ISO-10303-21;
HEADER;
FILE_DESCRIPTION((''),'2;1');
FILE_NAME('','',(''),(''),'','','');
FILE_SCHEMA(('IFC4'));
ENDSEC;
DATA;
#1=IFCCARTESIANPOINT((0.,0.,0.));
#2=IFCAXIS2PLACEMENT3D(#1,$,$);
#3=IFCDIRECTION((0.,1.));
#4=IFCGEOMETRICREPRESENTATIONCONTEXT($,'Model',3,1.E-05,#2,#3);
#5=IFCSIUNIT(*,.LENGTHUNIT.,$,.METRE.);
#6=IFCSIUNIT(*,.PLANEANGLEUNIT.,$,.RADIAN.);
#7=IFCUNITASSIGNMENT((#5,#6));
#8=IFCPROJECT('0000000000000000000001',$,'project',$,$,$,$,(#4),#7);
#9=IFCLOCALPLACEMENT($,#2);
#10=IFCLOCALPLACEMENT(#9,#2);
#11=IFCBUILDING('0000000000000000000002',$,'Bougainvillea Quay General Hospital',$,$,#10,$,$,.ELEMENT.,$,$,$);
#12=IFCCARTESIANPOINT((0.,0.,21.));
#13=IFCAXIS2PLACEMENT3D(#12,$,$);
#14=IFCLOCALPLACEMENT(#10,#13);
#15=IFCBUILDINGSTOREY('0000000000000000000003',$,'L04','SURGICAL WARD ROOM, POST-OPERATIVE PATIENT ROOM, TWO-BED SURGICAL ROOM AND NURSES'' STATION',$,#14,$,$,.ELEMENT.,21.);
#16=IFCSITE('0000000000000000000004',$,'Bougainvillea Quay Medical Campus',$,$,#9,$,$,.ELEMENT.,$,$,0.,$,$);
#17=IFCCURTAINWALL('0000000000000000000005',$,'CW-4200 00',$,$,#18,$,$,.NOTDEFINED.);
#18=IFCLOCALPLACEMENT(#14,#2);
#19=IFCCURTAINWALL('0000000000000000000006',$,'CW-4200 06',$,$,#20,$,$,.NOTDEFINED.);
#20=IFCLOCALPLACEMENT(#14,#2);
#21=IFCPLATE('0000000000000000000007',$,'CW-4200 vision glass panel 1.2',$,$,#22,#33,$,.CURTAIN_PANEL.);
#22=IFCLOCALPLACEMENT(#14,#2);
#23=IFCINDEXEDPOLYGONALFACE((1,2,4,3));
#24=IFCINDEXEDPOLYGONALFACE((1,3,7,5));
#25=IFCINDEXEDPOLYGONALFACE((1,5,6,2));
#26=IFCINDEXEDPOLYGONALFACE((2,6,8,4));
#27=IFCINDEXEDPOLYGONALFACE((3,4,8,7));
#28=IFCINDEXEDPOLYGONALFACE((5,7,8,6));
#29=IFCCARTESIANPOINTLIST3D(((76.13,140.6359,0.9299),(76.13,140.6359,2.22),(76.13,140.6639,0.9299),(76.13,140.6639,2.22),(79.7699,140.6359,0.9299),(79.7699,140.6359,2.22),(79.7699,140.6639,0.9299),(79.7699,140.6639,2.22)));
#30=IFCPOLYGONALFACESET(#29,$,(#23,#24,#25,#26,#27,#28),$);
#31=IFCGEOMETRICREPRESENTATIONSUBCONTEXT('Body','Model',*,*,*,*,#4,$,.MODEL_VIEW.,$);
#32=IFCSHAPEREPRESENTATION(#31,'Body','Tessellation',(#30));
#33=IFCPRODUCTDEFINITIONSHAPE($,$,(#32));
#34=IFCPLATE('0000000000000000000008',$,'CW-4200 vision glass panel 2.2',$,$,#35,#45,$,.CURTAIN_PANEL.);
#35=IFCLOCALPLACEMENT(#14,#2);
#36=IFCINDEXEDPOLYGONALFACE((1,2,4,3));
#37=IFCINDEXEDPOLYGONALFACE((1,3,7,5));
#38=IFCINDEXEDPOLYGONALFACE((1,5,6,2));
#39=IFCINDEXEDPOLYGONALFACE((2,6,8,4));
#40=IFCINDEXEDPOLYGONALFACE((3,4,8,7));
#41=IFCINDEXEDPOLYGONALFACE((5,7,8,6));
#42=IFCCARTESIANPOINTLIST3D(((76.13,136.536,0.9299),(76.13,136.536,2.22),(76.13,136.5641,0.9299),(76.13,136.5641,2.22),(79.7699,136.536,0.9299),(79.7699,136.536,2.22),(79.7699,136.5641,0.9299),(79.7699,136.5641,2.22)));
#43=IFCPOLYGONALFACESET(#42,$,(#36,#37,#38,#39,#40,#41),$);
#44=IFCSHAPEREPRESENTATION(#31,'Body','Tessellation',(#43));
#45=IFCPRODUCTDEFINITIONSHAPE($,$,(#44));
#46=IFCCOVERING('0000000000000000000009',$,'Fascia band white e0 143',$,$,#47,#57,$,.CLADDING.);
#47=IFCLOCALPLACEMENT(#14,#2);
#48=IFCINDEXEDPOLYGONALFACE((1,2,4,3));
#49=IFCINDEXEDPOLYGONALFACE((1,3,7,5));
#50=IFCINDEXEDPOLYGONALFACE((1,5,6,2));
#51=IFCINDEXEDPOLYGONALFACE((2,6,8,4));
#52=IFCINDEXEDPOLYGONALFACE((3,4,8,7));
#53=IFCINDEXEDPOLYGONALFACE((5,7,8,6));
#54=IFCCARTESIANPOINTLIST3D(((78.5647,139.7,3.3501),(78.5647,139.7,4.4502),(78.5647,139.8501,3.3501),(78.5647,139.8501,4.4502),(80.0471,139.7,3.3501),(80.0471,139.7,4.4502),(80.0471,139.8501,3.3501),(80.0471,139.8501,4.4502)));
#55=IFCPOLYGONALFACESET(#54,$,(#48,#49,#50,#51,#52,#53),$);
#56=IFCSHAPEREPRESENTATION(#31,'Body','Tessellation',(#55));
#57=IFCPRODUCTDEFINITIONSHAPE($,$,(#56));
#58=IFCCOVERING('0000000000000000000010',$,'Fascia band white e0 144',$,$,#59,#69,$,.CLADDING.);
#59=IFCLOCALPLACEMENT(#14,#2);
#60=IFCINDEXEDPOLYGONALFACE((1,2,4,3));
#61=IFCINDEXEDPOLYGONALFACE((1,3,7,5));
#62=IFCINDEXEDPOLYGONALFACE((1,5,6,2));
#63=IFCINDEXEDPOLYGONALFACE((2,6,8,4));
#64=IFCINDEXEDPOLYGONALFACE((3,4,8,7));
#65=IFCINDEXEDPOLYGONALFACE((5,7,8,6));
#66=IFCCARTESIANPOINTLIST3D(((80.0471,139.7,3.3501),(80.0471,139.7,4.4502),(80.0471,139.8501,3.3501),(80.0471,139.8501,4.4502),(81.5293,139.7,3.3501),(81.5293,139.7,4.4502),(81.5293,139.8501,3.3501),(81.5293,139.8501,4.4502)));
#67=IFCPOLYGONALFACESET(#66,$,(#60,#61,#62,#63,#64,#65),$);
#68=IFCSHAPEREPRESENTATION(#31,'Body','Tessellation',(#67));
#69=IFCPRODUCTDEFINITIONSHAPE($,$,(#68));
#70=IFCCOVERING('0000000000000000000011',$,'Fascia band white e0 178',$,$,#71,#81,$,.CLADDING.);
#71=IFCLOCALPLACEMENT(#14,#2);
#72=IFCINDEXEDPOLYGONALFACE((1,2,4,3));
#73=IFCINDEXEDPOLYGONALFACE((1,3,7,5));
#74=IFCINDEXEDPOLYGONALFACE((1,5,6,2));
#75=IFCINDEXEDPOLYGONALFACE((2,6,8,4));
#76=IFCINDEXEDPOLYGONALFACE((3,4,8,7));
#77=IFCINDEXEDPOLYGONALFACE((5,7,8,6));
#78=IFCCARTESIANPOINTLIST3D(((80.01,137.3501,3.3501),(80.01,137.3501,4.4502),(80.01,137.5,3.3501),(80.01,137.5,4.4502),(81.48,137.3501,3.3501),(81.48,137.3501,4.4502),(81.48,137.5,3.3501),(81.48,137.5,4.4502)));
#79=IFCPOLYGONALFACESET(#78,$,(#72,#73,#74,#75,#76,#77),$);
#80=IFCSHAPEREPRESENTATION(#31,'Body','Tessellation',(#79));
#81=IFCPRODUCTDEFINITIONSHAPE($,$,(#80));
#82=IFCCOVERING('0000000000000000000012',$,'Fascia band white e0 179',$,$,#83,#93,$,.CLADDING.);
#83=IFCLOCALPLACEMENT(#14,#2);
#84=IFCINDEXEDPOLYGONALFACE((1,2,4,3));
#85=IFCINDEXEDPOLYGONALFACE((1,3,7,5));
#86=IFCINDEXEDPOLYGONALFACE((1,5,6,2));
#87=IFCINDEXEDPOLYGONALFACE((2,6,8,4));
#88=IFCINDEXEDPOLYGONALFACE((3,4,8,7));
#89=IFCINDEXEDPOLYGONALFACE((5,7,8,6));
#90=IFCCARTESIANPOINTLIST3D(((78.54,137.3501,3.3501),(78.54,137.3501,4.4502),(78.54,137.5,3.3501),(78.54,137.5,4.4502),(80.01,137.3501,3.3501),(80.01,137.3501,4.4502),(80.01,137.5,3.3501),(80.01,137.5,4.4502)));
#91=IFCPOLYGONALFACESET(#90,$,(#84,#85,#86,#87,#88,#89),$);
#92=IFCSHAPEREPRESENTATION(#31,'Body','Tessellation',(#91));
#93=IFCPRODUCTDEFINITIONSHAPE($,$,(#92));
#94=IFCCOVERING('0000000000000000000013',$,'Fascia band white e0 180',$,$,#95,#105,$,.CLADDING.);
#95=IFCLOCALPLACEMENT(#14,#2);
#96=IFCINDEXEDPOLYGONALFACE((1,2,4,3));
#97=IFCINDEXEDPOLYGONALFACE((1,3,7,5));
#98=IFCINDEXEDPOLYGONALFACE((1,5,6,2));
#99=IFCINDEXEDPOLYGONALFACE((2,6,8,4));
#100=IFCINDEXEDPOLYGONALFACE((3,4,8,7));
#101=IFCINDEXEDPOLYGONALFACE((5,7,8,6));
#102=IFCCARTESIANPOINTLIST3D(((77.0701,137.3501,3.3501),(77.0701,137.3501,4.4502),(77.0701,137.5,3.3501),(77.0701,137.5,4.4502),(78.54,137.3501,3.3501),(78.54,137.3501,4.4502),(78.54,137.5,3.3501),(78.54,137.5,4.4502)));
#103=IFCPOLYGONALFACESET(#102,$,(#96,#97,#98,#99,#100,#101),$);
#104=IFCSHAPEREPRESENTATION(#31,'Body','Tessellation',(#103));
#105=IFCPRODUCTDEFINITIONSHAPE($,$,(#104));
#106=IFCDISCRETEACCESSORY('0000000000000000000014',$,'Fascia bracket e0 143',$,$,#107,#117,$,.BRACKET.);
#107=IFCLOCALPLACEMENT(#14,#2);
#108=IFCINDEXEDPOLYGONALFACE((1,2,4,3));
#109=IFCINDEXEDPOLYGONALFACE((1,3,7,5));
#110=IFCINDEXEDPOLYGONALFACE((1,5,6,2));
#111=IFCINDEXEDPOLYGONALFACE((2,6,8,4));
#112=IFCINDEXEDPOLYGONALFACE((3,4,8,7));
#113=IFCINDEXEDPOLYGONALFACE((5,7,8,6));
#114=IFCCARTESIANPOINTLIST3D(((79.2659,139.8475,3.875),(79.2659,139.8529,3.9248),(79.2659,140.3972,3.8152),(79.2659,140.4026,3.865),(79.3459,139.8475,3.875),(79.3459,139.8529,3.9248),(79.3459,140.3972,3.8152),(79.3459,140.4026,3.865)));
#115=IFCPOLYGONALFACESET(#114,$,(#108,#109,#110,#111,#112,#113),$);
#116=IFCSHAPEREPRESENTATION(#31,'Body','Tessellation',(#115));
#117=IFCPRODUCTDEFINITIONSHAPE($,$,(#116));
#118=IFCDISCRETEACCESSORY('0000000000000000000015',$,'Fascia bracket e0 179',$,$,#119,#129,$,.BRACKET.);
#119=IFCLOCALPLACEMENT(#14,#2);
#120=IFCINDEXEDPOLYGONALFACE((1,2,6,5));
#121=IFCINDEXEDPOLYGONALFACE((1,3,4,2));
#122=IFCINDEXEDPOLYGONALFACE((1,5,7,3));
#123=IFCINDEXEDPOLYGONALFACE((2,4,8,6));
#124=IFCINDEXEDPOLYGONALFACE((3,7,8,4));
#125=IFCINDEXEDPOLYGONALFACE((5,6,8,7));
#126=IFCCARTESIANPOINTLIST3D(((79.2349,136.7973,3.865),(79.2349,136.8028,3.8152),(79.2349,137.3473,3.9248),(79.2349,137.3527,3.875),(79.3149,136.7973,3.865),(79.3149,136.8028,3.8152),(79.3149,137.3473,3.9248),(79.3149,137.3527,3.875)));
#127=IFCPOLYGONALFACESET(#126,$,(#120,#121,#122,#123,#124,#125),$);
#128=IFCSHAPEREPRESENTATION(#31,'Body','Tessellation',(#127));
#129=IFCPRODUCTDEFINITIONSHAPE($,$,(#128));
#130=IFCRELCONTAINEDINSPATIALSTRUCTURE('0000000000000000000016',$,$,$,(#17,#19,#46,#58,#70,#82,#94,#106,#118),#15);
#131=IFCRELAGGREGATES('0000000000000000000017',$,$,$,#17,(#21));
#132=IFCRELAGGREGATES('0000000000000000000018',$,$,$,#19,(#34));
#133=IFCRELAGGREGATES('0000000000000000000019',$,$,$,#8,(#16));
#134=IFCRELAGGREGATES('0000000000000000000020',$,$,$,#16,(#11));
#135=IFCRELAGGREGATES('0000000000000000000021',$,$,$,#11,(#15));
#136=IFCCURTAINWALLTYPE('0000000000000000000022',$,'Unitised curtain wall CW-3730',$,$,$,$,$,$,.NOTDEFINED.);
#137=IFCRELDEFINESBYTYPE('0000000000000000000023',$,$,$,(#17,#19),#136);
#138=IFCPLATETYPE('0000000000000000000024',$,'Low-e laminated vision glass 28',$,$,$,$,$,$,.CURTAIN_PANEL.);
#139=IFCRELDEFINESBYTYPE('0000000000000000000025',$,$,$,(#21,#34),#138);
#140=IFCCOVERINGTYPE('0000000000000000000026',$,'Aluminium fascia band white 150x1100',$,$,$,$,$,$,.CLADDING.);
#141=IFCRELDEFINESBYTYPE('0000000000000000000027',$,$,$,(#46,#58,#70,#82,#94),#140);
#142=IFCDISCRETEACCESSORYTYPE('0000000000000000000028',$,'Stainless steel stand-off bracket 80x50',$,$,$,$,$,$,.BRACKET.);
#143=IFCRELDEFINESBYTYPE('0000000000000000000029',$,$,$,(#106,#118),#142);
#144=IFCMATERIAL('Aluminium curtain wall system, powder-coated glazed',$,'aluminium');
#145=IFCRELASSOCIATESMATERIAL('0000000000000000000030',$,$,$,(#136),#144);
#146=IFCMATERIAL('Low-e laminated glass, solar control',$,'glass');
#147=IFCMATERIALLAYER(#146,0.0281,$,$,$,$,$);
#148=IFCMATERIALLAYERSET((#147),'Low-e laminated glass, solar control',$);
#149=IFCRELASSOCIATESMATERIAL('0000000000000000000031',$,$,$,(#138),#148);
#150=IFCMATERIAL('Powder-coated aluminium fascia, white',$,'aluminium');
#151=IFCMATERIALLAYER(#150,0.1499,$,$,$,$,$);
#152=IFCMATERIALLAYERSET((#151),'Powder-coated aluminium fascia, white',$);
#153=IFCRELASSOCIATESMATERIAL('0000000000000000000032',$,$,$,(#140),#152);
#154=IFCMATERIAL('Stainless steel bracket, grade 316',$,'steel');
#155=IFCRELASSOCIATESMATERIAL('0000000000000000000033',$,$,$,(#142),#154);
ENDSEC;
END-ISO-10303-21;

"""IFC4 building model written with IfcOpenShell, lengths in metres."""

from ifc_helpers import new_model, si_unit, direction, frame, origin, origin_2d, place, context, subcontext, project, spatial, polyline, rectangle, outline, extrude, material, layer, layer_set, material_profile, profile_set, type_object, element, aggregate, save


model = new_model("IFC4")

# Units and contexts
model_context = context("Model", 3, precision=1e-05, world=origin(), true_north=direction((0.0, 1.0)))
body_context = subcontext(model_context, "Body", "Model", "MODEL_VIEW")
ifc_project = project(units=[si_unit("LENGTHUNIT", "METRE"), si_unit("PLANEANGLEUNIT", "RADIAN")], contexts=[model_context])

# Site, building, storey
site_placement = place(None, origin())
site = spatial("IfcSite", under=ifc_project, at=site_placement, Name="Bougainvillea Quay Medical Campus", CompositionType="ELEMENT", RefElevation=0.0)
building_placement = place(site_placement, origin())
building = spatial("IfcBuilding", under=site, at=building_placement, Name="Bougainvillea Quay General Hospital", CompositionType="ELEMENT")
storey_placement = place(building_placement, frame((0.0, 0.0, 21.0)))
storey = spatial("IfcBuildingStorey", under=building, at=storey_placement, Name="L04", Description="SURGICAL WARD ROOM, POST-OPERATIVE PATIENT ROOM, TWO-BED SURGICAL ROOM AND NURSES' STATION", CompositionType="ELEMENT", Elevation=21.0)

# Curtain walls
ifc_material_1 = material(Name="Aluminium curtain wall system, powder-coated glazed", Category="aluminium")
curtain_wall_type = type_object("IfcCurtainWallType", Name="Unitised curtain wall CW-3730", PredefinedType="NOTDEFINED", material=ifc_material_1)
curtain_wall_1_placement = place(storey_placement, origin())
curtain_wall_1 = element("IfcCurtainWall", 1, at=curtain_wall_1_placement, inside=storey, type_object=curtain_wall_type, Name="CW-4200 00", PredefinedType="NOTDEFINED")
curtain_wall_2_placement = place(storey_placement, origin())
curtain_wall_2 = element("IfcCurtainWall", 2, at=curtain_wall_2_placement, inside=storey, type_object=curtain_wall_type, Name="CW-4200 06", PredefinedType="NOTDEFINED")

# Plates
ifc_material_2 = material(Name="Low-e laminated glass, solar control", Category="glass")
ifc_layer_1 = layer(ifc_material_2, 0.0281)
ifc_layer_set_1 = layer_set([ifc_layer_1], Name="Low-e laminated glass, solar control")
plate_type_1 = type_object("IfcPlateType", Name="Low-e laminated vision glass 28", PredefinedType="CURTAIN_PANEL", material=ifc_layer_set_1)
plate_1_placement = place(storey_placement, frame((77.95, 140.6499, 0.9299), z_axis=(0.0, 0.0, 1.0), x_axis=(1.0, 0.0, 0.0)))
plate_1 = element("IfcPlate", 3, at=plate_1_placement, type_object=plate_type_1, Name="CW-4200 vision glass panel 1.2", PredefinedType="CURTAIN_PANEL", context=body_context, shape_type="SweptSolid", body=[
    extrude(rectangle(XDim=3.6399, YDim=0.0281, at=origin_2d()), origin(), (0.0, 0.0, 1.0), 1.29),
])
aggregate(curtain_wall_1, [plate_1])
plate_2_placement = place(storey_placement, frame((77.95, 136.55, 0.9299), z_axis=(0.0, 0.0, 1.0), x_axis=(-1.0, 0.0, 0.0)))
plate_2 = element("IfcPlate", 4, at=plate_2_placement, type_object=plate_type_1, Name="CW-4200 vision glass panel 2.2", PredefinedType="CURTAIN_PANEL", context=body_context, shape_type="SweptSolid", body=[
    extrude(rectangle(XDim=3.6399, YDim=0.0281, at=origin_2d()), origin(), (0.0, 0.0, 1.0), 1.29),
])
aggregate(curtain_wall_2, [plate_2])

# Coverings
ifc_material_3 = material(Name="Powder-coated aluminium fascia, white", Category="aluminium")
ifc_layer_2 = layer(ifc_material_3, 0.1499)
ifc_layer_set_2 = layer_set([ifc_layer_2], Name="Powder-coated aluminium fascia, white")
covering_type = type_object("IfcCoveringType", Name="Aluminium fascia band white 150x1100", PredefinedType="CLADDING", material=ifc_layer_set_2)
covering_1_placement = place(storey_placement, frame((78.5647, 139.8501, 3.3501), z_axis=(0.0, 0.0, 1.0), x_axis=(1.0, 0.0, 0.0)))
element("IfcCovering", 5, at=covering_1_placement, inside=storey, type_object=covering_type, Name="Fascia band white e0 143", PredefinedType="CLADDING", context=body_context, shape_type="SweptSolid", body=[
    extrude(outline(polyline([(0.0, 0.0), (1.4824, 0.0), (1.4824, -0.1501), (0.0, -0.1501), (0.0, 0.0)])), origin(), (0.0, 0.0, 1.0), 1.1001),
])
covering_2_placement = place(storey_placement, frame((80.0471, 139.8501, 3.3501), z_axis=(0.0, 0.0, 1.0), x_axis=(1.0, 0.0, 0.0)))
element("IfcCovering", 6, at=covering_2_placement, inside=storey, type_object=covering_type, Name="Fascia band white e0 144", PredefinedType="CLADDING", context=body_context, shape_type="SweptSolid", body=[
    extrude(outline(polyline([(0.0, 0.0), (1.4822, 0.0), (1.4822, -0.1501), (0.0, -0.1501), (0.0, 0.0)])), origin(), (0.0, 0.0, 1.0), 1.1001),
])
for number, where, z_axis, x_axis, name in (
    (7, (81.48, 137.3501, 3.3501), (0.0, 0.0, 1.0), (-1.0, 0.0, 0.0), "Fascia band white e0 178"),
    (8, (80.01, 137.3501, 3.3501), (0.0, 0.0, 1.0), (-1.0, 0.0, 0.0), "Fascia band white e0 179"),
    (9, (78.54, 137.3501, 3.3501), (0.0, 0.0, 1.0), (-1.0, 0.0, 0.0), "Fascia band white e0 180"),
):
    element("IfcCovering", number, at=place(storey_placement, frame(where, z_axis=z_axis, x_axis=x_axis)), inside=storey, type_object=covering_type, Name=name, PredefinedType="CLADDING", context=body_context, shape_type="SweptSolid", body=[
        extrude(outline(polyline([(0.0, 0.0), (1.47, 0.0), (1.47, -0.1499), (0.0, -0.1499), (0.0, 0.0)])), origin(), (0.0, 0.0, 1.0), 1.1001),
    ])

# Discrete accessories
ifc_material_4 = material(Name="Stainless steel bracket, grade 316", Category="steel")
ifc_material_profile_1 = material_profile(ifc_material_4, rectangle(XDim=0.0801, YDim=0.05, at=origin_2d()))
ifc_profile_set_1 = profile_set([ifc_material_profile_1], Name="Stainless steel bracket, grade 316")
discrete_accessory_type = type_object("IfcDiscreteAccessoryType", Name="Stainless steel stand-off bracket 80x50", PredefinedType="BRACKET", material=ifc_profile_set_1)
discrete_accessory_1_placement = place(storey_placement, frame((79.3059, 140.3999, 3.8401), z_axis=(0.0, -0.994134, 0.108154), x_axis=(1.0, 0.0, 0.0)))
element("IfcDiscreteAccessory", 10, at=discrete_accessory_1_placement, inside=storey, type_object=discrete_accessory_type, Name="Fascia bracket e0 143", PredefinedType="BRACKET", context=body_context, shape_type="SweptSolid", body=[
    extrude(rectangle(XDim=0.0801, YDim=0.05, at=origin_2d()), origin(), (0.0, 0.0, 1.0), 0.553),
])
discrete_accessory_2_placement = place(storey_placement, frame((79.2749, 136.8, 3.8401), z_axis=(0.0, 0.994139, 0.108107), x_axis=(-1.0, 0.0, 0.0)))
element("IfcDiscreteAccessory", 11, at=discrete_accessory_2_placement, inside=storey, type_object=discrete_accessory_type, Name="Fascia bracket e0 179", PredefinedType="BRACKET", context=body_context, shape_type="SweptSolid", body=[
    extrude(rectangle(XDim=0.0801, YDim=0.05, at=origin_2d()), origin(), (0.0, 0.0, 1.0), 0.5532),
])

save(model, "model.ifc")
